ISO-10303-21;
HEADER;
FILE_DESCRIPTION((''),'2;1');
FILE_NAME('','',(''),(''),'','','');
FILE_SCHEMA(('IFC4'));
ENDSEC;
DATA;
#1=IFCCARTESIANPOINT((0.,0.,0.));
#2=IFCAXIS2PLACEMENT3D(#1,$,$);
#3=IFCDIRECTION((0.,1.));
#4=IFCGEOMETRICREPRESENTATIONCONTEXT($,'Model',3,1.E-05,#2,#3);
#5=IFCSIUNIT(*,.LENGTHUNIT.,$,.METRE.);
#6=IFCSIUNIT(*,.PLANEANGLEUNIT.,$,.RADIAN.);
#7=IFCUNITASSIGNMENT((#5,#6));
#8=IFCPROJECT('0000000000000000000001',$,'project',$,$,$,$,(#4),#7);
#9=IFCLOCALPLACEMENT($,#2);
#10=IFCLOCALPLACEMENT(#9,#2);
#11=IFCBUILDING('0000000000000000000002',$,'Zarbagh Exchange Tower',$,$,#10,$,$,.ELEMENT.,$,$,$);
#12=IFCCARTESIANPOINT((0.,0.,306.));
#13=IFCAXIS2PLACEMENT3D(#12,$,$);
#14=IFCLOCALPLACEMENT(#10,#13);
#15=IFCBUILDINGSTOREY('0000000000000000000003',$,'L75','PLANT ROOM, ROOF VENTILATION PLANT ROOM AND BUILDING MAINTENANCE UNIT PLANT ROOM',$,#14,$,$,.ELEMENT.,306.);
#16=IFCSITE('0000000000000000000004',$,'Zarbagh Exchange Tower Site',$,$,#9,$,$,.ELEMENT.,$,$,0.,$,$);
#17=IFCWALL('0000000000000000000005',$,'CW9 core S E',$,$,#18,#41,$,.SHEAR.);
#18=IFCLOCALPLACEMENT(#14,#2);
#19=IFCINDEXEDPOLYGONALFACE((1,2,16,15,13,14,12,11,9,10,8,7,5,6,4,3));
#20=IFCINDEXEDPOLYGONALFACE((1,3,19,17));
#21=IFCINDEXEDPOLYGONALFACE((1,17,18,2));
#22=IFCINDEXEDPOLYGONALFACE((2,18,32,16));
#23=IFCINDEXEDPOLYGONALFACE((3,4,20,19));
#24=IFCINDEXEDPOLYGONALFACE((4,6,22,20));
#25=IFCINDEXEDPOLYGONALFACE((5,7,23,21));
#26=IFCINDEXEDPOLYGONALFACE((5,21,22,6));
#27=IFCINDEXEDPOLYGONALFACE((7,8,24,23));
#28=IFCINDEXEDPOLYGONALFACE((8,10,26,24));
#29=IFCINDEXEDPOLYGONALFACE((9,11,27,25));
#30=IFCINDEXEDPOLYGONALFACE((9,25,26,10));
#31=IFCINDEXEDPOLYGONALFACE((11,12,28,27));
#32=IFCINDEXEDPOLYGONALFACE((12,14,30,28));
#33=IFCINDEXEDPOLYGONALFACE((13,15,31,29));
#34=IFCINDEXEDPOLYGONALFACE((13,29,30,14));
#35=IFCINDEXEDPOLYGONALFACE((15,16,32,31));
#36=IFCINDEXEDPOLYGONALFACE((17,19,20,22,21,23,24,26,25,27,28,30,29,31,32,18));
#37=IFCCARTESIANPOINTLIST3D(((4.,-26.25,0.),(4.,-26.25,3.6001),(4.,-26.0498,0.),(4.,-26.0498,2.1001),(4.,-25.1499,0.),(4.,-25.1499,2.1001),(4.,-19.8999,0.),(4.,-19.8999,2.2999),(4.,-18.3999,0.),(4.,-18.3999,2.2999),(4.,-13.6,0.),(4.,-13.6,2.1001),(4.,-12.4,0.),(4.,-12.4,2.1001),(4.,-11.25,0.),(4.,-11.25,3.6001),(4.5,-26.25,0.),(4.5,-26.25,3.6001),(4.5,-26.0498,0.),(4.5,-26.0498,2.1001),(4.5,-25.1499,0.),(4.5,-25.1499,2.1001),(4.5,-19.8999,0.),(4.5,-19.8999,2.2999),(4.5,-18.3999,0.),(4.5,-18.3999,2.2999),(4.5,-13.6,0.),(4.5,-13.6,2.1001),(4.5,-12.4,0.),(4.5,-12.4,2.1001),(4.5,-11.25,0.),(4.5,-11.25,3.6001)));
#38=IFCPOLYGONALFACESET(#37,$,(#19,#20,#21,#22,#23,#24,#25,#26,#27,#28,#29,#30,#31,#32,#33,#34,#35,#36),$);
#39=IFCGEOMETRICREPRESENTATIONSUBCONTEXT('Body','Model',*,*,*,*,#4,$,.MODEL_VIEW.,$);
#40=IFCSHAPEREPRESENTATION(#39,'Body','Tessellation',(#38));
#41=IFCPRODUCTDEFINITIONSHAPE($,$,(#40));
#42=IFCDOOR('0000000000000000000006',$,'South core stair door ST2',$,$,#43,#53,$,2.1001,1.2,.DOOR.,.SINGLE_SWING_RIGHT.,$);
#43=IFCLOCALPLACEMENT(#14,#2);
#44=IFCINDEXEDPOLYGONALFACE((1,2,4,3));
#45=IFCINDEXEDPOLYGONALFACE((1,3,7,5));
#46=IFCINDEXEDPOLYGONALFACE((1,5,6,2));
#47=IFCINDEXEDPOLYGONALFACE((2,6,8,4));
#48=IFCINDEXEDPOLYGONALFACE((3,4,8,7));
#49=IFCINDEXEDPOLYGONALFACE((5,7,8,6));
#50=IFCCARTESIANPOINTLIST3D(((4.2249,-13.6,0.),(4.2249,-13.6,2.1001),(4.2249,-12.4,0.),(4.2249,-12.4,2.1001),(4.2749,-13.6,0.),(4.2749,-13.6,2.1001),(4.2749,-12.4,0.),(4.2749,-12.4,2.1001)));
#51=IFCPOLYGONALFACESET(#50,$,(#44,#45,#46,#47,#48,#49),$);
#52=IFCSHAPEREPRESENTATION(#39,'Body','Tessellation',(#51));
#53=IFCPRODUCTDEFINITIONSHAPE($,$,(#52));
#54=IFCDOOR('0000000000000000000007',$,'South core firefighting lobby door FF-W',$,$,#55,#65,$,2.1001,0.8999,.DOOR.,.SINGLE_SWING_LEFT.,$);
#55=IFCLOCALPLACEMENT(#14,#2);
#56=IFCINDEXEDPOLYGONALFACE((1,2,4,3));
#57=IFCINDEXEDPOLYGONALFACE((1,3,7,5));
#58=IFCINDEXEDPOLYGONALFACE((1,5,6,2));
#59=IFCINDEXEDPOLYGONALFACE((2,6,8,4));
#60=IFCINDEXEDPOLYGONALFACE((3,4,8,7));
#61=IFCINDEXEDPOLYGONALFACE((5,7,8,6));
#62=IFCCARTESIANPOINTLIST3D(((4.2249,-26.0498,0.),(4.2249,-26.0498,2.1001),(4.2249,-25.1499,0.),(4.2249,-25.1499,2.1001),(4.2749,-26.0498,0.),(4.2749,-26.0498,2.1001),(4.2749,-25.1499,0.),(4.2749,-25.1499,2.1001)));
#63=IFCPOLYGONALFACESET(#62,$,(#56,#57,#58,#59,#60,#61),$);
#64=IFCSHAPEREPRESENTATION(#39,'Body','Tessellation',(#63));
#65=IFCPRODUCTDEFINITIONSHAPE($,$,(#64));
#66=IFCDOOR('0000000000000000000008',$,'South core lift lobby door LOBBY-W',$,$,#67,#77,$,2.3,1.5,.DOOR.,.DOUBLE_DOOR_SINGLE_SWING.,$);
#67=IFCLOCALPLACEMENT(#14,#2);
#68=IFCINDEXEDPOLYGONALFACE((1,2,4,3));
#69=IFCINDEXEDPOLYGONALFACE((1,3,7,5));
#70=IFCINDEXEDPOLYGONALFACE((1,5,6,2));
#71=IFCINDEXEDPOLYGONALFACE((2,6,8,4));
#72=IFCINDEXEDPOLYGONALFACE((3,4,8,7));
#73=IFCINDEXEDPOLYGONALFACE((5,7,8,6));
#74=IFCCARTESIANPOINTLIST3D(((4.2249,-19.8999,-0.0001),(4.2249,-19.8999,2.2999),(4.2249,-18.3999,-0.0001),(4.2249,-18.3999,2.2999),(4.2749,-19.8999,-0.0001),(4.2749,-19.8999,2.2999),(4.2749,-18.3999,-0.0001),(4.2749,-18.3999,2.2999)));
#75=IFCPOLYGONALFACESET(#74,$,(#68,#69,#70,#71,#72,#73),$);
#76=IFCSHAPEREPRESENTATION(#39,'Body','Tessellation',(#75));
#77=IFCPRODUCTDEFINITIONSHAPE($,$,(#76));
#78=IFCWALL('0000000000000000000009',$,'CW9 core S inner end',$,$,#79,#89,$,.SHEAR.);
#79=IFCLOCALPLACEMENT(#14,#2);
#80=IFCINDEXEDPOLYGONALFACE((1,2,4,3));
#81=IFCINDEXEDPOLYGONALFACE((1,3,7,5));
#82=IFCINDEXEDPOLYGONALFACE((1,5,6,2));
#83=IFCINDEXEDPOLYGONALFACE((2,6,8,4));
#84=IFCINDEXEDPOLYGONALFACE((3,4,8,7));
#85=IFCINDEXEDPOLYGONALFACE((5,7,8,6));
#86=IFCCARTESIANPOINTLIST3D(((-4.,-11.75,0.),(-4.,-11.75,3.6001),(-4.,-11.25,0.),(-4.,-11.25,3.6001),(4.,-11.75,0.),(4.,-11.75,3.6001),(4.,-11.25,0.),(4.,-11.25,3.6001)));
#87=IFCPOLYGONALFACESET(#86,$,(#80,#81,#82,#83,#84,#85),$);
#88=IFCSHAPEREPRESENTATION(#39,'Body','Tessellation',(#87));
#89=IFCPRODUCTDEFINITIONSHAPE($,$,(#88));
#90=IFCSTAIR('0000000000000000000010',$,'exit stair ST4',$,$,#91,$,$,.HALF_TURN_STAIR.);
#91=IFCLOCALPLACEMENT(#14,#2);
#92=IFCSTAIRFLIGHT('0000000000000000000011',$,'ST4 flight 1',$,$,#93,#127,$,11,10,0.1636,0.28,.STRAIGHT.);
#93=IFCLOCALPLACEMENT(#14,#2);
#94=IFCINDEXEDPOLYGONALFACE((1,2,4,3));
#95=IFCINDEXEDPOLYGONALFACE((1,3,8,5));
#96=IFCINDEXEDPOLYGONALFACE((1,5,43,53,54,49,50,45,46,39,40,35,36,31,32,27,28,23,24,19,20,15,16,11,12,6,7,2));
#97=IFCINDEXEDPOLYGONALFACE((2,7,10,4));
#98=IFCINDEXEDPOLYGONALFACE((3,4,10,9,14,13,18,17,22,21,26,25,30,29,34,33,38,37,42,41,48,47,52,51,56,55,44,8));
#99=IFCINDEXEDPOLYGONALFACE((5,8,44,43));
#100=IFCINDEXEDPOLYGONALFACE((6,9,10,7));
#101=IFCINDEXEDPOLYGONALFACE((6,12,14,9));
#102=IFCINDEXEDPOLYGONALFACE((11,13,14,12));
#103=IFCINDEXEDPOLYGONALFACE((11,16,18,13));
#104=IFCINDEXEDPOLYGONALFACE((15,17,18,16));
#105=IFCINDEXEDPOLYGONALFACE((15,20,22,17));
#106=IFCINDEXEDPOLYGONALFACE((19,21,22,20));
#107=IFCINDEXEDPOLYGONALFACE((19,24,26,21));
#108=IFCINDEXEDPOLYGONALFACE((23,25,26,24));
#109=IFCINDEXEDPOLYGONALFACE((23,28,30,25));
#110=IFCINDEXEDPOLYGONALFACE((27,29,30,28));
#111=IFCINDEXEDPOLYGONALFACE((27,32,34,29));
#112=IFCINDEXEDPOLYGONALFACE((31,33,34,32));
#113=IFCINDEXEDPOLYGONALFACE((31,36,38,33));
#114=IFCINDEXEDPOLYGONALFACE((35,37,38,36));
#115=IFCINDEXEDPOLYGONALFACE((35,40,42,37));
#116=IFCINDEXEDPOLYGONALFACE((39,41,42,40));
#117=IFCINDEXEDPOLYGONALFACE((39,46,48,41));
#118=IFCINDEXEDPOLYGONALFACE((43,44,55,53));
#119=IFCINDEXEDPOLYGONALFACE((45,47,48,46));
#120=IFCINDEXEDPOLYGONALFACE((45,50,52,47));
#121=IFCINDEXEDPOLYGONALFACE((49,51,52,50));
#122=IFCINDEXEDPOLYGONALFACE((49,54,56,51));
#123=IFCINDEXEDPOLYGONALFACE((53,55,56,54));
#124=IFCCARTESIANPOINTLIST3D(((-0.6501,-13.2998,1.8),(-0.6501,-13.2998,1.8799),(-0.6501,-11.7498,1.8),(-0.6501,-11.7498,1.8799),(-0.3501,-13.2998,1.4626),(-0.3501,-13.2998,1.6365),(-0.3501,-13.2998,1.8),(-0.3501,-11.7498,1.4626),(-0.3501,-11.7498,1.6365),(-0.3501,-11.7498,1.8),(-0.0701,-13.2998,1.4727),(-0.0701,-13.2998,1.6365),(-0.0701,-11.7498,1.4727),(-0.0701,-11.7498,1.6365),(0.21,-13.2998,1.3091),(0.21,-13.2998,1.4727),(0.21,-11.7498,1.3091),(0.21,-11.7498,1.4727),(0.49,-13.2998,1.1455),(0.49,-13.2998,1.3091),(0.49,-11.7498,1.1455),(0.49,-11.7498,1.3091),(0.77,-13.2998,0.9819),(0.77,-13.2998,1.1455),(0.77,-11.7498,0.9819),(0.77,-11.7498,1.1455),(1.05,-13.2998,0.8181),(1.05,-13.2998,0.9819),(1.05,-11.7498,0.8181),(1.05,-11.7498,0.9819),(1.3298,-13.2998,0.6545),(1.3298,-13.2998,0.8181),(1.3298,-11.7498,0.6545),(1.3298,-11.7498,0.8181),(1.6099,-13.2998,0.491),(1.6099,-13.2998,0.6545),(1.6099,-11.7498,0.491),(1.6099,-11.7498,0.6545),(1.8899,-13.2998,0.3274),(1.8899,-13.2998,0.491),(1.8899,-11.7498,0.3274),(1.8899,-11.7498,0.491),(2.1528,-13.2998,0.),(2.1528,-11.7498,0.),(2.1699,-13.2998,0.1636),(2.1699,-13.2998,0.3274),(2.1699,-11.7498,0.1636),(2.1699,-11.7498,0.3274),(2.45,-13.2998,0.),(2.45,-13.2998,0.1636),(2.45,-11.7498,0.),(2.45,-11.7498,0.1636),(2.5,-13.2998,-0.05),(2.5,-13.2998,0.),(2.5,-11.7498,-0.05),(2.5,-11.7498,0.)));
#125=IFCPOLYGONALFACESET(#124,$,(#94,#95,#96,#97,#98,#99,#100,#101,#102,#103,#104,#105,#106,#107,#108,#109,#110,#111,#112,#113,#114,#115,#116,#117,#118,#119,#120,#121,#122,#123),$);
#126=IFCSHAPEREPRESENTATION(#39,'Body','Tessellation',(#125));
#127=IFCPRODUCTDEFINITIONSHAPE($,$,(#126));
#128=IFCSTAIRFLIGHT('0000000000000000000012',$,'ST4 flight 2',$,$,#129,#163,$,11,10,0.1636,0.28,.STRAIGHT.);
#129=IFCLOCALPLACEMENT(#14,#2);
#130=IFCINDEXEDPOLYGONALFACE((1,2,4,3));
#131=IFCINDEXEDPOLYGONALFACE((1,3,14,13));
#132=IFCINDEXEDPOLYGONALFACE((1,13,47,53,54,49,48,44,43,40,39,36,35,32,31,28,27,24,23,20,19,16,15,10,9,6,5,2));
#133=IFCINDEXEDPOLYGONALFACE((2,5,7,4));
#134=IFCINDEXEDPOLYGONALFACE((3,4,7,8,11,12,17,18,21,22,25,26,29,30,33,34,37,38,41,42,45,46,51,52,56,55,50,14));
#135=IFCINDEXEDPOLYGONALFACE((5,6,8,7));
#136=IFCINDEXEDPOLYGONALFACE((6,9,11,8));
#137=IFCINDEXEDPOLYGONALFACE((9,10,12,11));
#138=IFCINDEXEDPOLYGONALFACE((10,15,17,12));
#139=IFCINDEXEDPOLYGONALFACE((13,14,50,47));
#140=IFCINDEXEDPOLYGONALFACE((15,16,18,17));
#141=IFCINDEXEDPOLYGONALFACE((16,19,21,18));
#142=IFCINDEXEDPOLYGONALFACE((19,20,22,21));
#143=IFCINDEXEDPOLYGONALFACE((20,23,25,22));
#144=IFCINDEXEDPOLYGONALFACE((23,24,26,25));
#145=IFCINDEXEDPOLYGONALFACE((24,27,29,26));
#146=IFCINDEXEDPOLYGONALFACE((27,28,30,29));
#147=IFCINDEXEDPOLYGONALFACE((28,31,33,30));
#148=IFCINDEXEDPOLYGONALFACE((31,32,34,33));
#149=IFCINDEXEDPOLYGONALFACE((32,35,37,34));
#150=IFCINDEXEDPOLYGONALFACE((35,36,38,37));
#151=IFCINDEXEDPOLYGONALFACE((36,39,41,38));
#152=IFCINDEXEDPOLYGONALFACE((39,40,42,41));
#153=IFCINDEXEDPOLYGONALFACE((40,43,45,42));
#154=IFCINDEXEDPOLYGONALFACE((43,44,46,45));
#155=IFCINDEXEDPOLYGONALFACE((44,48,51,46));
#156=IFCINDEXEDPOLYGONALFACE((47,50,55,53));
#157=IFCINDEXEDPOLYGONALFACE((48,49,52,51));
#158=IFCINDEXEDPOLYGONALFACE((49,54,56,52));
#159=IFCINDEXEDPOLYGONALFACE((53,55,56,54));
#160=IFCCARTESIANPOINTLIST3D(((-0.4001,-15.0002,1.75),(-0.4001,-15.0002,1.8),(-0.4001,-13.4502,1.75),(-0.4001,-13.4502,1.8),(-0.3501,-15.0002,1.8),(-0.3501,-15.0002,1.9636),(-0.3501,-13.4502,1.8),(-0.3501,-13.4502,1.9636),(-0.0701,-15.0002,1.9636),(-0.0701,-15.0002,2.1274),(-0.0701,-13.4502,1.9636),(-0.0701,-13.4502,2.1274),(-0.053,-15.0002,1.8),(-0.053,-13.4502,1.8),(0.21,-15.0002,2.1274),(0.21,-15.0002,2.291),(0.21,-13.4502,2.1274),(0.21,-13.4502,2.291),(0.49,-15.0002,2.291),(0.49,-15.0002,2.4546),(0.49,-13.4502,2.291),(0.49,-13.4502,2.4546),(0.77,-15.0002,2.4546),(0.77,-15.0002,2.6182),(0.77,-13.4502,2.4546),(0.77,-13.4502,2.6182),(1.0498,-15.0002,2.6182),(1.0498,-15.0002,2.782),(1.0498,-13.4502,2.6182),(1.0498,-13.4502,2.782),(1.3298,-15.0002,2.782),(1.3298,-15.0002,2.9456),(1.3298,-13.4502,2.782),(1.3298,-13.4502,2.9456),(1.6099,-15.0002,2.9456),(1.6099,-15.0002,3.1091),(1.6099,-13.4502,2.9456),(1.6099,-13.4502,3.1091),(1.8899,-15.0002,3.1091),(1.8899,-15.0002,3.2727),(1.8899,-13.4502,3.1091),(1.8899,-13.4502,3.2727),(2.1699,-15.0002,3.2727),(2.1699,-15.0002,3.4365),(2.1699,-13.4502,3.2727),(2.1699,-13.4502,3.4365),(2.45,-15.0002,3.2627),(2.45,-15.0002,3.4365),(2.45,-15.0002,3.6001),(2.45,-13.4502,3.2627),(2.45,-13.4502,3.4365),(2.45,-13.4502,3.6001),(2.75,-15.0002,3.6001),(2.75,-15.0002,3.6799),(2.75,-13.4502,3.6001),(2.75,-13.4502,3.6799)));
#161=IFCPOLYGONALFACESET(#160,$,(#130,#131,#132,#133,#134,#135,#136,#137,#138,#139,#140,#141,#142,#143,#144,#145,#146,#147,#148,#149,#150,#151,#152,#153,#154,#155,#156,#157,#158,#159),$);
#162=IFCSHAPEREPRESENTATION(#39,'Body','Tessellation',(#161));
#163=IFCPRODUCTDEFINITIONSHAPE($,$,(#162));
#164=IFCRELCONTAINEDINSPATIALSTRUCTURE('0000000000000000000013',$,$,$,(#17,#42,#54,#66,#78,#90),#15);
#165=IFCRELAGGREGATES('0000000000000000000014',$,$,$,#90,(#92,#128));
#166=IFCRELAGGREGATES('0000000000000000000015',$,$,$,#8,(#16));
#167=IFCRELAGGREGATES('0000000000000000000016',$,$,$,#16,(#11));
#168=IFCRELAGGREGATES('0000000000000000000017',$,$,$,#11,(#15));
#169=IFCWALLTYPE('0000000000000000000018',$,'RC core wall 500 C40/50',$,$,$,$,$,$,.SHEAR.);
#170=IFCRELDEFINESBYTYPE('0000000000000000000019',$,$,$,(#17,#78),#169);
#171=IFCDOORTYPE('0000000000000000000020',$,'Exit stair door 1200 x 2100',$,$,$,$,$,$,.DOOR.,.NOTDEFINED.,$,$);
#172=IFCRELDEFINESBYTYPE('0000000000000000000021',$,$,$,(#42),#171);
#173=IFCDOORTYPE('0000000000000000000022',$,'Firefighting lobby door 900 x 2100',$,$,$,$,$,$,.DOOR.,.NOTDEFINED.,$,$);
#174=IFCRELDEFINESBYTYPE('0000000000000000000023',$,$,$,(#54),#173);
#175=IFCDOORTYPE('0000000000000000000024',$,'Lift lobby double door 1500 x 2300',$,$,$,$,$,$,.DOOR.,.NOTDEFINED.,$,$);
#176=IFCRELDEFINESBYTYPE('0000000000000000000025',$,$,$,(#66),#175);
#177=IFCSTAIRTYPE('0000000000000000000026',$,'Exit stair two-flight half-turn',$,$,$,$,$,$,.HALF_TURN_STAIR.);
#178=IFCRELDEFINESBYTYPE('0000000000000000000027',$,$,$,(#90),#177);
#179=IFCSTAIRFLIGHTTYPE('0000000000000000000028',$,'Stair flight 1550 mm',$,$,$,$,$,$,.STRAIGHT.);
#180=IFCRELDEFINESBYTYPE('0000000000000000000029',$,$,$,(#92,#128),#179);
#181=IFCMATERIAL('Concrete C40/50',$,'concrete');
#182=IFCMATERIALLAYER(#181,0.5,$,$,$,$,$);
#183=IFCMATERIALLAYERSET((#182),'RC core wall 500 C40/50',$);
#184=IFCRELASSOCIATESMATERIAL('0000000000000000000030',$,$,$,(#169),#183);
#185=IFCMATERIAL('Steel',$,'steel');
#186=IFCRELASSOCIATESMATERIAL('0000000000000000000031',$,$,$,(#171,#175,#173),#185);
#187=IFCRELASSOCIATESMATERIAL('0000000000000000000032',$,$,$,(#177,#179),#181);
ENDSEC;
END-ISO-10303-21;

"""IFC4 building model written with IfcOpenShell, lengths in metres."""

from ifc_helpers import new_model, si_unit, direction, frame, frame_2d, origin, place, context, subcontext, project, spatial, polyline, rectangle, outline, extrude, material, layer, layer_set, type_object, element, fill, aggregate, save


model = new_model("IFC4")

# Units and contexts
model_context = context("Model", 3, precision=1e-05, world=origin(), true_north=direction((0.0, 1.0)))
body_context = subcontext(model_context, "Body", "Model", "MODEL_VIEW")
ifc_project = project(units=[si_unit("LENGTHUNIT", "METRE"), si_unit("PLANEANGLEUNIT", "RADIAN")], contexts=[model_context])

# Site, building, storey
site_placement = place(None, origin())
site = spatial("IfcSite", under=ifc_project, at=site_placement, Name="Zarbagh Exchange Tower Site", CompositionType="ELEMENT", RefElevation=0.0)
building_placement = place(site_placement, origin())
building = spatial("IfcBuilding", under=site, at=building_placement, Name="Zarbagh Exchange Tower", CompositionType="ELEMENT")
storey_placement = place(building_placement, frame((0.0, 0.0, 306.0)))
storey = spatial("IfcBuildingStorey", under=building, at=storey_placement, Name="L75", Description="PLANT ROOM, ROOF VENTILATION PLANT ROOM AND BUILDING MAINTENANCE UNIT PLANT ROOM", CompositionType="ELEMENT", Elevation=306.0)

# Shared definitions
ifc_material_1 = material(Name="Concrete C40/50", Category="concrete")

# Wall, openings, doors
ifc_layer = layer(ifc_material_1, 0.5)
ifc_layer_set = layer_set([ifc_layer], Name="RC core wall 500 C40/50")
wall_type = type_object("IfcWallType", Name="RC core wall 500 C40/50", PredefinedType="SHEAR", material=ifc_layer_set)
ifc_material_2 = material(Name="Steel", Category="steel")
door_type_1 = type_object("IfcDoorType", Name="Exit stair door 1200 x 2100", OperationType="NOTDEFINED", PredefinedType="DOOR", material=ifc_material_2)
door_type_2 = type_object("IfcDoorType", Name="Lift lobby double door 1500 x 2300", OperationType="NOTDEFINED", PredefinedType="DOOR", material=ifc_material_2)
wall_1_placement = place(storey_placement, frame((4.25, -11.25, 0.0), z_axis=(0.0, 0.0, 1.0), x_axis=(0.0, -1.0, 0.0)))
wall_1 = element("IfcWall", 1, at=wall_1_placement, inside=storey, type_object=wall_type, Name="CW9 core S E", PredefinedType="SHEAR", context=body_context, shape_type="SweptSolid", body=[
    extrude(rectangle(XDim=15.0, YDim=0.5, at=frame_2d((7.5, 0.0))), origin(), (0.0, 0.0, 1.0), 3.6001),
])
opening_1_placement = place(wall_1_placement, frame((7.1499, 0.0, 0.0)))
opening_1 = element("IfcOpeningElement", 2, at=opening_1_placement, cuts=wall_1, PredefinedType="OPENING", context=body_context, shape_type="SweptSolid", body=[
    extrude(rectangle(XDim=1.5, YDim=2.3, at=frame_2d((0.75, 1.1499))), frame((0.0, 0.26, 0.0), z_axis=(0.0, -1.0, 0.0), x_axis=(1.0, 0.0, 0.0)), (0.0, 0.0, 1.0), 0.52),
])
opening_2_placement = place(wall_1_placement, frame((13.8999, 0.0, 0.0)))
opening_2 = element("IfcOpeningElement", 3, at=opening_2_placement, cuts=wall_1, PredefinedType="OPENING", context=body_context, shape_type="SweptSolid", body=[
    extrude(rectangle(XDim=0.8999, YDim=2.1001, at=frame_2d((0.45, 1.05))), frame((0.0, 0.26, 0.0), z_axis=(0.0, -1.0, 0.0), x_axis=(1.0, 0.0, 0.0)), (0.0, 0.0, 1.0), 0.52),
])
opening_3_placement = place(wall_1_placement, frame((1.1499, 0.0, 0.0)))
opening_3 = element("IfcOpeningElement", 4, at=opening_3_placement, cuts=wall_1, PredefinedType="OPENING", context=body_context, shape_type="SweptSolid", body=[
    extrude(rectangle(XDim=1.2, YDim=2.1001, at=frame_2d((0.6001, 1.05))), frame((0.0, 0.26, 0.0), z_axis=(0.0, -1.0, 0.0), x_axis=(1.0, 0.0, 0.0)), (0.0, 0.0, 1.0), 0.52),
])
door_1_placement = place(opening_3_placement, origin())
door_1 = element("IfcDoor", 5, at=door_1_placement, inside=storey, type_object=door_type_1, Name="South core stair door ST2", OperationType="SINGLE_SWING_RIGHT", OverallHeight=2.1001, OverallWidth=1.2, PredefinedType="DOOR", context=body_context, shape_type="SweptSolid", body=[
    extrude(rectangle(XDim=1.2, YDim=2.1001, at=frame_2d((0.6001, 1.05))), frame((0.0, 0.0249, 0.0), z_axis=(0.0, -1.0, 0.0), x_axis=(1.0, 0.0, 0.0)), (0.0, 0.0, 1.0), 0.05),
])
fill(opening_3, door_1)
door_type_3 = type_object("IfcDoorType", Name="Firefighting lobby door 900 x 2100", OperationType="NOTDEFINED", PredefinedType="DOOR", material=ifc_material_2)
door_2_placement = place(opening_2_placement, origin())
door_2 = element("IfcDoor", 6, at=door_2_placement, inside=storey, type_object=door_type_3, Name="South core firefighting lobby door FF-W", OperationType="SINGLE_SWING_LEFT", OverallHeight=2.1001, OverallWidth=0.8999, PredefinedType="DOOR", context=body_context, shape_type="SweptSolid", body=[
    extrude(rectangle(XDim=0.8999, YDim=2.1001, at=frame_2d((0.45, 1.05))), frame((0.0, 0.0249, 0.0), z_axis=(0.0, -1.0, 0.0), x_axis=(1.0, 0.0, 0.0)), (0.0, 0.0, 1.0), 0.05),
])
fill(opening_2, door_2)
door_3_placement = place(opening_1_placement, origin())
door_3 = element("IfcDoor", 7, at=door_3_placement, inside=storey, type_object=door_type_2, Name="South core lift lobby door LOBBY-W", OperationType="DOUBLE_DOOR_SINGLE_SWING", OverallHeight=2.3, OverallWidth=1.5, PredefinedType="DOOR", context=body_context, shape_type="SweptSolid", body=[
    extrude(rectangle(XDim=1.5, YDim=2.3, at=frame_2d((0.75, 1.1499))), frame((0.0, 0.0249, 0.0), z_axis=(0.0, -1.0, 0.0), x_axis=(1.0, 0.0, 0.0)), (0.0, 0.0, 1.0), 0.05),
])
fill(opening_1, door_3)

# Wall
wall_2_placement = place(storey_placement, frame((-4.0, -11.5, 0.0), z_axis=(0.0, 0.0, 1.0), x_axis=(1.0, 0.0, 0.0)))
element("IfcWall", 8, at=wall_2_placement, inside=storey, type_object=wall_type, Name="CW9 core S inner end", PredefinedType="SHEAR", context=body_context, shape_type="SweptSolid", body=[
    extrude(rectangle(XDim=8.0, YDim=0.5, at=frame_2d((4.0, 0.0))), origin(), (0.0, 0.0, 1.0), 3.6001),
])

# Stair, stair flights
stair_type = type_object("IfcStairType", Name="Exit stair two-flight half-turn", PredefinedType="HALF_TURN_STAIR", material=ifc_material_1)
stair_placement = place(storey_placement, origin())
stair = element("IfcStair", 9, at=stair_placement, inside=storey, type_object=stair_type, Name="exit stair ST4", PredefinedType="HALF_TURN_STAIR")
stair_flight_type = type_object("IfcStairFlightType", Name="Stair flight 1550 mm", PredefinedType="STRAIGHT", material=ifc_material_1)
stair_flight_1_placement = place(storey_placement, frame((2.45, -12.5249, 0.0), z_axis=(0.0, 0.0, 1.0), x_axis=(-1.0, 0.0, 0.0)))
stair_flight_1 = element("IfcStairFlight", 10, at=stair_flight_1_placement, type_object=stair_flight_type, Name="ST4 flight 1", NumberOfRisers=11, NumberOfTreads=10, PredefinedType="STRAIGHT", RiserHeight=0.1636, TreadLength=0.28, context=body_context, shape_type="SweptSolid", body=[
    extrude(outline(polyline([(-0.05, -0.05), (-0.05, 0.0), (0.0, 0.0), (0.0, 0.1636), (0.28, 0.1636), (0.28, 0.3274), (0.5601, 0.3274), (0.5601, 0.491), (0.8401, 0.491), (0.8401, 0.6545), (1.1201, 0.6545), (1.1201, 0.8181), (1.3999, 0.8181), (1.3999, 0.9819), (1.6799, 0.9819), (1.6799, 1.1455), (1.96, 1.1455), (1.96, 1.3091), (2.24, 1.3091), (2.24, 1.4727), (2.52, 1.4727), (2.52, 1.6365), (2.8, 1.6365), (2.8, 1.8), (3.1001, 1.8799), (3.1001, 1.8), (2.8, 1.4626), (0.2971, 0.0), (-0.05, -0.05)])), frame((0.0, 0.7749, 0.0), z_axis=(0.0, -1.0, 0.0), x_axis=(1.0, 0.0, 0.0)), (0.0, 0.0, 1.0), 1.55),
])
stair_flight_2_placement = place(storey_placement, frame((-0.3501, -14.2251, 1.8), z_axis=(0.0, 0.0, 1.0), x_axis=(1.0, 0.0, 0.0)))
stair_flight_2 = element("IfcStairFlight", 11, at=stair_flight_2_placement, type_object=stair_flight_type, Name="ST4 flight 2", NumberOfRisers=11, NumberOfTreads=10, PredefinedType="STRAIGHT", RiserHeight=0.1636, TreadLength=0.28, context=body_context, shape_type="SweptSolid", body=[
    extrude(outline(polyline([(-0.05, -0.05), (-0.05, 0.0), (0.0, 0.0), (0.0, 0.1636), (0.28, 0.1636), (0.28, 0.3274), (0.5601, 0.3274), (0.5601, 0.491), (0.8401, 0.491), (0.8401, 0.6545), (1.1201, 0.6545), (1.1201, 0.8181), (1.3999, 0.8181), (1.3999, 0.9819), (1.6799, 0.9819), (1.6799, 1.1455), (1.96, 1.1455), (1.96, 1.3091), (2.24, 1.3091), (2.24, 1.4727), (2.52, 1.4727), (2.52, 1.6365), (2.8, 1.6365), (2.8, 1.8), (3.1001, 1.8799), (3.1001, 1.8), (2.8, 1.4626), (0.2971, 0.0), (-0.05, -0.05)])), frame((0.0, 0.7749, 0.0), z_axis=(0.0, -1.0, 0.0), x_axis=(1.0, 0.0, 0.0)), (0.0, 0.0, 1.0), 1.55),
])
aggregate(stair, [stair_flight_1, stair_flight_2])

save(model, "model.ifc")
